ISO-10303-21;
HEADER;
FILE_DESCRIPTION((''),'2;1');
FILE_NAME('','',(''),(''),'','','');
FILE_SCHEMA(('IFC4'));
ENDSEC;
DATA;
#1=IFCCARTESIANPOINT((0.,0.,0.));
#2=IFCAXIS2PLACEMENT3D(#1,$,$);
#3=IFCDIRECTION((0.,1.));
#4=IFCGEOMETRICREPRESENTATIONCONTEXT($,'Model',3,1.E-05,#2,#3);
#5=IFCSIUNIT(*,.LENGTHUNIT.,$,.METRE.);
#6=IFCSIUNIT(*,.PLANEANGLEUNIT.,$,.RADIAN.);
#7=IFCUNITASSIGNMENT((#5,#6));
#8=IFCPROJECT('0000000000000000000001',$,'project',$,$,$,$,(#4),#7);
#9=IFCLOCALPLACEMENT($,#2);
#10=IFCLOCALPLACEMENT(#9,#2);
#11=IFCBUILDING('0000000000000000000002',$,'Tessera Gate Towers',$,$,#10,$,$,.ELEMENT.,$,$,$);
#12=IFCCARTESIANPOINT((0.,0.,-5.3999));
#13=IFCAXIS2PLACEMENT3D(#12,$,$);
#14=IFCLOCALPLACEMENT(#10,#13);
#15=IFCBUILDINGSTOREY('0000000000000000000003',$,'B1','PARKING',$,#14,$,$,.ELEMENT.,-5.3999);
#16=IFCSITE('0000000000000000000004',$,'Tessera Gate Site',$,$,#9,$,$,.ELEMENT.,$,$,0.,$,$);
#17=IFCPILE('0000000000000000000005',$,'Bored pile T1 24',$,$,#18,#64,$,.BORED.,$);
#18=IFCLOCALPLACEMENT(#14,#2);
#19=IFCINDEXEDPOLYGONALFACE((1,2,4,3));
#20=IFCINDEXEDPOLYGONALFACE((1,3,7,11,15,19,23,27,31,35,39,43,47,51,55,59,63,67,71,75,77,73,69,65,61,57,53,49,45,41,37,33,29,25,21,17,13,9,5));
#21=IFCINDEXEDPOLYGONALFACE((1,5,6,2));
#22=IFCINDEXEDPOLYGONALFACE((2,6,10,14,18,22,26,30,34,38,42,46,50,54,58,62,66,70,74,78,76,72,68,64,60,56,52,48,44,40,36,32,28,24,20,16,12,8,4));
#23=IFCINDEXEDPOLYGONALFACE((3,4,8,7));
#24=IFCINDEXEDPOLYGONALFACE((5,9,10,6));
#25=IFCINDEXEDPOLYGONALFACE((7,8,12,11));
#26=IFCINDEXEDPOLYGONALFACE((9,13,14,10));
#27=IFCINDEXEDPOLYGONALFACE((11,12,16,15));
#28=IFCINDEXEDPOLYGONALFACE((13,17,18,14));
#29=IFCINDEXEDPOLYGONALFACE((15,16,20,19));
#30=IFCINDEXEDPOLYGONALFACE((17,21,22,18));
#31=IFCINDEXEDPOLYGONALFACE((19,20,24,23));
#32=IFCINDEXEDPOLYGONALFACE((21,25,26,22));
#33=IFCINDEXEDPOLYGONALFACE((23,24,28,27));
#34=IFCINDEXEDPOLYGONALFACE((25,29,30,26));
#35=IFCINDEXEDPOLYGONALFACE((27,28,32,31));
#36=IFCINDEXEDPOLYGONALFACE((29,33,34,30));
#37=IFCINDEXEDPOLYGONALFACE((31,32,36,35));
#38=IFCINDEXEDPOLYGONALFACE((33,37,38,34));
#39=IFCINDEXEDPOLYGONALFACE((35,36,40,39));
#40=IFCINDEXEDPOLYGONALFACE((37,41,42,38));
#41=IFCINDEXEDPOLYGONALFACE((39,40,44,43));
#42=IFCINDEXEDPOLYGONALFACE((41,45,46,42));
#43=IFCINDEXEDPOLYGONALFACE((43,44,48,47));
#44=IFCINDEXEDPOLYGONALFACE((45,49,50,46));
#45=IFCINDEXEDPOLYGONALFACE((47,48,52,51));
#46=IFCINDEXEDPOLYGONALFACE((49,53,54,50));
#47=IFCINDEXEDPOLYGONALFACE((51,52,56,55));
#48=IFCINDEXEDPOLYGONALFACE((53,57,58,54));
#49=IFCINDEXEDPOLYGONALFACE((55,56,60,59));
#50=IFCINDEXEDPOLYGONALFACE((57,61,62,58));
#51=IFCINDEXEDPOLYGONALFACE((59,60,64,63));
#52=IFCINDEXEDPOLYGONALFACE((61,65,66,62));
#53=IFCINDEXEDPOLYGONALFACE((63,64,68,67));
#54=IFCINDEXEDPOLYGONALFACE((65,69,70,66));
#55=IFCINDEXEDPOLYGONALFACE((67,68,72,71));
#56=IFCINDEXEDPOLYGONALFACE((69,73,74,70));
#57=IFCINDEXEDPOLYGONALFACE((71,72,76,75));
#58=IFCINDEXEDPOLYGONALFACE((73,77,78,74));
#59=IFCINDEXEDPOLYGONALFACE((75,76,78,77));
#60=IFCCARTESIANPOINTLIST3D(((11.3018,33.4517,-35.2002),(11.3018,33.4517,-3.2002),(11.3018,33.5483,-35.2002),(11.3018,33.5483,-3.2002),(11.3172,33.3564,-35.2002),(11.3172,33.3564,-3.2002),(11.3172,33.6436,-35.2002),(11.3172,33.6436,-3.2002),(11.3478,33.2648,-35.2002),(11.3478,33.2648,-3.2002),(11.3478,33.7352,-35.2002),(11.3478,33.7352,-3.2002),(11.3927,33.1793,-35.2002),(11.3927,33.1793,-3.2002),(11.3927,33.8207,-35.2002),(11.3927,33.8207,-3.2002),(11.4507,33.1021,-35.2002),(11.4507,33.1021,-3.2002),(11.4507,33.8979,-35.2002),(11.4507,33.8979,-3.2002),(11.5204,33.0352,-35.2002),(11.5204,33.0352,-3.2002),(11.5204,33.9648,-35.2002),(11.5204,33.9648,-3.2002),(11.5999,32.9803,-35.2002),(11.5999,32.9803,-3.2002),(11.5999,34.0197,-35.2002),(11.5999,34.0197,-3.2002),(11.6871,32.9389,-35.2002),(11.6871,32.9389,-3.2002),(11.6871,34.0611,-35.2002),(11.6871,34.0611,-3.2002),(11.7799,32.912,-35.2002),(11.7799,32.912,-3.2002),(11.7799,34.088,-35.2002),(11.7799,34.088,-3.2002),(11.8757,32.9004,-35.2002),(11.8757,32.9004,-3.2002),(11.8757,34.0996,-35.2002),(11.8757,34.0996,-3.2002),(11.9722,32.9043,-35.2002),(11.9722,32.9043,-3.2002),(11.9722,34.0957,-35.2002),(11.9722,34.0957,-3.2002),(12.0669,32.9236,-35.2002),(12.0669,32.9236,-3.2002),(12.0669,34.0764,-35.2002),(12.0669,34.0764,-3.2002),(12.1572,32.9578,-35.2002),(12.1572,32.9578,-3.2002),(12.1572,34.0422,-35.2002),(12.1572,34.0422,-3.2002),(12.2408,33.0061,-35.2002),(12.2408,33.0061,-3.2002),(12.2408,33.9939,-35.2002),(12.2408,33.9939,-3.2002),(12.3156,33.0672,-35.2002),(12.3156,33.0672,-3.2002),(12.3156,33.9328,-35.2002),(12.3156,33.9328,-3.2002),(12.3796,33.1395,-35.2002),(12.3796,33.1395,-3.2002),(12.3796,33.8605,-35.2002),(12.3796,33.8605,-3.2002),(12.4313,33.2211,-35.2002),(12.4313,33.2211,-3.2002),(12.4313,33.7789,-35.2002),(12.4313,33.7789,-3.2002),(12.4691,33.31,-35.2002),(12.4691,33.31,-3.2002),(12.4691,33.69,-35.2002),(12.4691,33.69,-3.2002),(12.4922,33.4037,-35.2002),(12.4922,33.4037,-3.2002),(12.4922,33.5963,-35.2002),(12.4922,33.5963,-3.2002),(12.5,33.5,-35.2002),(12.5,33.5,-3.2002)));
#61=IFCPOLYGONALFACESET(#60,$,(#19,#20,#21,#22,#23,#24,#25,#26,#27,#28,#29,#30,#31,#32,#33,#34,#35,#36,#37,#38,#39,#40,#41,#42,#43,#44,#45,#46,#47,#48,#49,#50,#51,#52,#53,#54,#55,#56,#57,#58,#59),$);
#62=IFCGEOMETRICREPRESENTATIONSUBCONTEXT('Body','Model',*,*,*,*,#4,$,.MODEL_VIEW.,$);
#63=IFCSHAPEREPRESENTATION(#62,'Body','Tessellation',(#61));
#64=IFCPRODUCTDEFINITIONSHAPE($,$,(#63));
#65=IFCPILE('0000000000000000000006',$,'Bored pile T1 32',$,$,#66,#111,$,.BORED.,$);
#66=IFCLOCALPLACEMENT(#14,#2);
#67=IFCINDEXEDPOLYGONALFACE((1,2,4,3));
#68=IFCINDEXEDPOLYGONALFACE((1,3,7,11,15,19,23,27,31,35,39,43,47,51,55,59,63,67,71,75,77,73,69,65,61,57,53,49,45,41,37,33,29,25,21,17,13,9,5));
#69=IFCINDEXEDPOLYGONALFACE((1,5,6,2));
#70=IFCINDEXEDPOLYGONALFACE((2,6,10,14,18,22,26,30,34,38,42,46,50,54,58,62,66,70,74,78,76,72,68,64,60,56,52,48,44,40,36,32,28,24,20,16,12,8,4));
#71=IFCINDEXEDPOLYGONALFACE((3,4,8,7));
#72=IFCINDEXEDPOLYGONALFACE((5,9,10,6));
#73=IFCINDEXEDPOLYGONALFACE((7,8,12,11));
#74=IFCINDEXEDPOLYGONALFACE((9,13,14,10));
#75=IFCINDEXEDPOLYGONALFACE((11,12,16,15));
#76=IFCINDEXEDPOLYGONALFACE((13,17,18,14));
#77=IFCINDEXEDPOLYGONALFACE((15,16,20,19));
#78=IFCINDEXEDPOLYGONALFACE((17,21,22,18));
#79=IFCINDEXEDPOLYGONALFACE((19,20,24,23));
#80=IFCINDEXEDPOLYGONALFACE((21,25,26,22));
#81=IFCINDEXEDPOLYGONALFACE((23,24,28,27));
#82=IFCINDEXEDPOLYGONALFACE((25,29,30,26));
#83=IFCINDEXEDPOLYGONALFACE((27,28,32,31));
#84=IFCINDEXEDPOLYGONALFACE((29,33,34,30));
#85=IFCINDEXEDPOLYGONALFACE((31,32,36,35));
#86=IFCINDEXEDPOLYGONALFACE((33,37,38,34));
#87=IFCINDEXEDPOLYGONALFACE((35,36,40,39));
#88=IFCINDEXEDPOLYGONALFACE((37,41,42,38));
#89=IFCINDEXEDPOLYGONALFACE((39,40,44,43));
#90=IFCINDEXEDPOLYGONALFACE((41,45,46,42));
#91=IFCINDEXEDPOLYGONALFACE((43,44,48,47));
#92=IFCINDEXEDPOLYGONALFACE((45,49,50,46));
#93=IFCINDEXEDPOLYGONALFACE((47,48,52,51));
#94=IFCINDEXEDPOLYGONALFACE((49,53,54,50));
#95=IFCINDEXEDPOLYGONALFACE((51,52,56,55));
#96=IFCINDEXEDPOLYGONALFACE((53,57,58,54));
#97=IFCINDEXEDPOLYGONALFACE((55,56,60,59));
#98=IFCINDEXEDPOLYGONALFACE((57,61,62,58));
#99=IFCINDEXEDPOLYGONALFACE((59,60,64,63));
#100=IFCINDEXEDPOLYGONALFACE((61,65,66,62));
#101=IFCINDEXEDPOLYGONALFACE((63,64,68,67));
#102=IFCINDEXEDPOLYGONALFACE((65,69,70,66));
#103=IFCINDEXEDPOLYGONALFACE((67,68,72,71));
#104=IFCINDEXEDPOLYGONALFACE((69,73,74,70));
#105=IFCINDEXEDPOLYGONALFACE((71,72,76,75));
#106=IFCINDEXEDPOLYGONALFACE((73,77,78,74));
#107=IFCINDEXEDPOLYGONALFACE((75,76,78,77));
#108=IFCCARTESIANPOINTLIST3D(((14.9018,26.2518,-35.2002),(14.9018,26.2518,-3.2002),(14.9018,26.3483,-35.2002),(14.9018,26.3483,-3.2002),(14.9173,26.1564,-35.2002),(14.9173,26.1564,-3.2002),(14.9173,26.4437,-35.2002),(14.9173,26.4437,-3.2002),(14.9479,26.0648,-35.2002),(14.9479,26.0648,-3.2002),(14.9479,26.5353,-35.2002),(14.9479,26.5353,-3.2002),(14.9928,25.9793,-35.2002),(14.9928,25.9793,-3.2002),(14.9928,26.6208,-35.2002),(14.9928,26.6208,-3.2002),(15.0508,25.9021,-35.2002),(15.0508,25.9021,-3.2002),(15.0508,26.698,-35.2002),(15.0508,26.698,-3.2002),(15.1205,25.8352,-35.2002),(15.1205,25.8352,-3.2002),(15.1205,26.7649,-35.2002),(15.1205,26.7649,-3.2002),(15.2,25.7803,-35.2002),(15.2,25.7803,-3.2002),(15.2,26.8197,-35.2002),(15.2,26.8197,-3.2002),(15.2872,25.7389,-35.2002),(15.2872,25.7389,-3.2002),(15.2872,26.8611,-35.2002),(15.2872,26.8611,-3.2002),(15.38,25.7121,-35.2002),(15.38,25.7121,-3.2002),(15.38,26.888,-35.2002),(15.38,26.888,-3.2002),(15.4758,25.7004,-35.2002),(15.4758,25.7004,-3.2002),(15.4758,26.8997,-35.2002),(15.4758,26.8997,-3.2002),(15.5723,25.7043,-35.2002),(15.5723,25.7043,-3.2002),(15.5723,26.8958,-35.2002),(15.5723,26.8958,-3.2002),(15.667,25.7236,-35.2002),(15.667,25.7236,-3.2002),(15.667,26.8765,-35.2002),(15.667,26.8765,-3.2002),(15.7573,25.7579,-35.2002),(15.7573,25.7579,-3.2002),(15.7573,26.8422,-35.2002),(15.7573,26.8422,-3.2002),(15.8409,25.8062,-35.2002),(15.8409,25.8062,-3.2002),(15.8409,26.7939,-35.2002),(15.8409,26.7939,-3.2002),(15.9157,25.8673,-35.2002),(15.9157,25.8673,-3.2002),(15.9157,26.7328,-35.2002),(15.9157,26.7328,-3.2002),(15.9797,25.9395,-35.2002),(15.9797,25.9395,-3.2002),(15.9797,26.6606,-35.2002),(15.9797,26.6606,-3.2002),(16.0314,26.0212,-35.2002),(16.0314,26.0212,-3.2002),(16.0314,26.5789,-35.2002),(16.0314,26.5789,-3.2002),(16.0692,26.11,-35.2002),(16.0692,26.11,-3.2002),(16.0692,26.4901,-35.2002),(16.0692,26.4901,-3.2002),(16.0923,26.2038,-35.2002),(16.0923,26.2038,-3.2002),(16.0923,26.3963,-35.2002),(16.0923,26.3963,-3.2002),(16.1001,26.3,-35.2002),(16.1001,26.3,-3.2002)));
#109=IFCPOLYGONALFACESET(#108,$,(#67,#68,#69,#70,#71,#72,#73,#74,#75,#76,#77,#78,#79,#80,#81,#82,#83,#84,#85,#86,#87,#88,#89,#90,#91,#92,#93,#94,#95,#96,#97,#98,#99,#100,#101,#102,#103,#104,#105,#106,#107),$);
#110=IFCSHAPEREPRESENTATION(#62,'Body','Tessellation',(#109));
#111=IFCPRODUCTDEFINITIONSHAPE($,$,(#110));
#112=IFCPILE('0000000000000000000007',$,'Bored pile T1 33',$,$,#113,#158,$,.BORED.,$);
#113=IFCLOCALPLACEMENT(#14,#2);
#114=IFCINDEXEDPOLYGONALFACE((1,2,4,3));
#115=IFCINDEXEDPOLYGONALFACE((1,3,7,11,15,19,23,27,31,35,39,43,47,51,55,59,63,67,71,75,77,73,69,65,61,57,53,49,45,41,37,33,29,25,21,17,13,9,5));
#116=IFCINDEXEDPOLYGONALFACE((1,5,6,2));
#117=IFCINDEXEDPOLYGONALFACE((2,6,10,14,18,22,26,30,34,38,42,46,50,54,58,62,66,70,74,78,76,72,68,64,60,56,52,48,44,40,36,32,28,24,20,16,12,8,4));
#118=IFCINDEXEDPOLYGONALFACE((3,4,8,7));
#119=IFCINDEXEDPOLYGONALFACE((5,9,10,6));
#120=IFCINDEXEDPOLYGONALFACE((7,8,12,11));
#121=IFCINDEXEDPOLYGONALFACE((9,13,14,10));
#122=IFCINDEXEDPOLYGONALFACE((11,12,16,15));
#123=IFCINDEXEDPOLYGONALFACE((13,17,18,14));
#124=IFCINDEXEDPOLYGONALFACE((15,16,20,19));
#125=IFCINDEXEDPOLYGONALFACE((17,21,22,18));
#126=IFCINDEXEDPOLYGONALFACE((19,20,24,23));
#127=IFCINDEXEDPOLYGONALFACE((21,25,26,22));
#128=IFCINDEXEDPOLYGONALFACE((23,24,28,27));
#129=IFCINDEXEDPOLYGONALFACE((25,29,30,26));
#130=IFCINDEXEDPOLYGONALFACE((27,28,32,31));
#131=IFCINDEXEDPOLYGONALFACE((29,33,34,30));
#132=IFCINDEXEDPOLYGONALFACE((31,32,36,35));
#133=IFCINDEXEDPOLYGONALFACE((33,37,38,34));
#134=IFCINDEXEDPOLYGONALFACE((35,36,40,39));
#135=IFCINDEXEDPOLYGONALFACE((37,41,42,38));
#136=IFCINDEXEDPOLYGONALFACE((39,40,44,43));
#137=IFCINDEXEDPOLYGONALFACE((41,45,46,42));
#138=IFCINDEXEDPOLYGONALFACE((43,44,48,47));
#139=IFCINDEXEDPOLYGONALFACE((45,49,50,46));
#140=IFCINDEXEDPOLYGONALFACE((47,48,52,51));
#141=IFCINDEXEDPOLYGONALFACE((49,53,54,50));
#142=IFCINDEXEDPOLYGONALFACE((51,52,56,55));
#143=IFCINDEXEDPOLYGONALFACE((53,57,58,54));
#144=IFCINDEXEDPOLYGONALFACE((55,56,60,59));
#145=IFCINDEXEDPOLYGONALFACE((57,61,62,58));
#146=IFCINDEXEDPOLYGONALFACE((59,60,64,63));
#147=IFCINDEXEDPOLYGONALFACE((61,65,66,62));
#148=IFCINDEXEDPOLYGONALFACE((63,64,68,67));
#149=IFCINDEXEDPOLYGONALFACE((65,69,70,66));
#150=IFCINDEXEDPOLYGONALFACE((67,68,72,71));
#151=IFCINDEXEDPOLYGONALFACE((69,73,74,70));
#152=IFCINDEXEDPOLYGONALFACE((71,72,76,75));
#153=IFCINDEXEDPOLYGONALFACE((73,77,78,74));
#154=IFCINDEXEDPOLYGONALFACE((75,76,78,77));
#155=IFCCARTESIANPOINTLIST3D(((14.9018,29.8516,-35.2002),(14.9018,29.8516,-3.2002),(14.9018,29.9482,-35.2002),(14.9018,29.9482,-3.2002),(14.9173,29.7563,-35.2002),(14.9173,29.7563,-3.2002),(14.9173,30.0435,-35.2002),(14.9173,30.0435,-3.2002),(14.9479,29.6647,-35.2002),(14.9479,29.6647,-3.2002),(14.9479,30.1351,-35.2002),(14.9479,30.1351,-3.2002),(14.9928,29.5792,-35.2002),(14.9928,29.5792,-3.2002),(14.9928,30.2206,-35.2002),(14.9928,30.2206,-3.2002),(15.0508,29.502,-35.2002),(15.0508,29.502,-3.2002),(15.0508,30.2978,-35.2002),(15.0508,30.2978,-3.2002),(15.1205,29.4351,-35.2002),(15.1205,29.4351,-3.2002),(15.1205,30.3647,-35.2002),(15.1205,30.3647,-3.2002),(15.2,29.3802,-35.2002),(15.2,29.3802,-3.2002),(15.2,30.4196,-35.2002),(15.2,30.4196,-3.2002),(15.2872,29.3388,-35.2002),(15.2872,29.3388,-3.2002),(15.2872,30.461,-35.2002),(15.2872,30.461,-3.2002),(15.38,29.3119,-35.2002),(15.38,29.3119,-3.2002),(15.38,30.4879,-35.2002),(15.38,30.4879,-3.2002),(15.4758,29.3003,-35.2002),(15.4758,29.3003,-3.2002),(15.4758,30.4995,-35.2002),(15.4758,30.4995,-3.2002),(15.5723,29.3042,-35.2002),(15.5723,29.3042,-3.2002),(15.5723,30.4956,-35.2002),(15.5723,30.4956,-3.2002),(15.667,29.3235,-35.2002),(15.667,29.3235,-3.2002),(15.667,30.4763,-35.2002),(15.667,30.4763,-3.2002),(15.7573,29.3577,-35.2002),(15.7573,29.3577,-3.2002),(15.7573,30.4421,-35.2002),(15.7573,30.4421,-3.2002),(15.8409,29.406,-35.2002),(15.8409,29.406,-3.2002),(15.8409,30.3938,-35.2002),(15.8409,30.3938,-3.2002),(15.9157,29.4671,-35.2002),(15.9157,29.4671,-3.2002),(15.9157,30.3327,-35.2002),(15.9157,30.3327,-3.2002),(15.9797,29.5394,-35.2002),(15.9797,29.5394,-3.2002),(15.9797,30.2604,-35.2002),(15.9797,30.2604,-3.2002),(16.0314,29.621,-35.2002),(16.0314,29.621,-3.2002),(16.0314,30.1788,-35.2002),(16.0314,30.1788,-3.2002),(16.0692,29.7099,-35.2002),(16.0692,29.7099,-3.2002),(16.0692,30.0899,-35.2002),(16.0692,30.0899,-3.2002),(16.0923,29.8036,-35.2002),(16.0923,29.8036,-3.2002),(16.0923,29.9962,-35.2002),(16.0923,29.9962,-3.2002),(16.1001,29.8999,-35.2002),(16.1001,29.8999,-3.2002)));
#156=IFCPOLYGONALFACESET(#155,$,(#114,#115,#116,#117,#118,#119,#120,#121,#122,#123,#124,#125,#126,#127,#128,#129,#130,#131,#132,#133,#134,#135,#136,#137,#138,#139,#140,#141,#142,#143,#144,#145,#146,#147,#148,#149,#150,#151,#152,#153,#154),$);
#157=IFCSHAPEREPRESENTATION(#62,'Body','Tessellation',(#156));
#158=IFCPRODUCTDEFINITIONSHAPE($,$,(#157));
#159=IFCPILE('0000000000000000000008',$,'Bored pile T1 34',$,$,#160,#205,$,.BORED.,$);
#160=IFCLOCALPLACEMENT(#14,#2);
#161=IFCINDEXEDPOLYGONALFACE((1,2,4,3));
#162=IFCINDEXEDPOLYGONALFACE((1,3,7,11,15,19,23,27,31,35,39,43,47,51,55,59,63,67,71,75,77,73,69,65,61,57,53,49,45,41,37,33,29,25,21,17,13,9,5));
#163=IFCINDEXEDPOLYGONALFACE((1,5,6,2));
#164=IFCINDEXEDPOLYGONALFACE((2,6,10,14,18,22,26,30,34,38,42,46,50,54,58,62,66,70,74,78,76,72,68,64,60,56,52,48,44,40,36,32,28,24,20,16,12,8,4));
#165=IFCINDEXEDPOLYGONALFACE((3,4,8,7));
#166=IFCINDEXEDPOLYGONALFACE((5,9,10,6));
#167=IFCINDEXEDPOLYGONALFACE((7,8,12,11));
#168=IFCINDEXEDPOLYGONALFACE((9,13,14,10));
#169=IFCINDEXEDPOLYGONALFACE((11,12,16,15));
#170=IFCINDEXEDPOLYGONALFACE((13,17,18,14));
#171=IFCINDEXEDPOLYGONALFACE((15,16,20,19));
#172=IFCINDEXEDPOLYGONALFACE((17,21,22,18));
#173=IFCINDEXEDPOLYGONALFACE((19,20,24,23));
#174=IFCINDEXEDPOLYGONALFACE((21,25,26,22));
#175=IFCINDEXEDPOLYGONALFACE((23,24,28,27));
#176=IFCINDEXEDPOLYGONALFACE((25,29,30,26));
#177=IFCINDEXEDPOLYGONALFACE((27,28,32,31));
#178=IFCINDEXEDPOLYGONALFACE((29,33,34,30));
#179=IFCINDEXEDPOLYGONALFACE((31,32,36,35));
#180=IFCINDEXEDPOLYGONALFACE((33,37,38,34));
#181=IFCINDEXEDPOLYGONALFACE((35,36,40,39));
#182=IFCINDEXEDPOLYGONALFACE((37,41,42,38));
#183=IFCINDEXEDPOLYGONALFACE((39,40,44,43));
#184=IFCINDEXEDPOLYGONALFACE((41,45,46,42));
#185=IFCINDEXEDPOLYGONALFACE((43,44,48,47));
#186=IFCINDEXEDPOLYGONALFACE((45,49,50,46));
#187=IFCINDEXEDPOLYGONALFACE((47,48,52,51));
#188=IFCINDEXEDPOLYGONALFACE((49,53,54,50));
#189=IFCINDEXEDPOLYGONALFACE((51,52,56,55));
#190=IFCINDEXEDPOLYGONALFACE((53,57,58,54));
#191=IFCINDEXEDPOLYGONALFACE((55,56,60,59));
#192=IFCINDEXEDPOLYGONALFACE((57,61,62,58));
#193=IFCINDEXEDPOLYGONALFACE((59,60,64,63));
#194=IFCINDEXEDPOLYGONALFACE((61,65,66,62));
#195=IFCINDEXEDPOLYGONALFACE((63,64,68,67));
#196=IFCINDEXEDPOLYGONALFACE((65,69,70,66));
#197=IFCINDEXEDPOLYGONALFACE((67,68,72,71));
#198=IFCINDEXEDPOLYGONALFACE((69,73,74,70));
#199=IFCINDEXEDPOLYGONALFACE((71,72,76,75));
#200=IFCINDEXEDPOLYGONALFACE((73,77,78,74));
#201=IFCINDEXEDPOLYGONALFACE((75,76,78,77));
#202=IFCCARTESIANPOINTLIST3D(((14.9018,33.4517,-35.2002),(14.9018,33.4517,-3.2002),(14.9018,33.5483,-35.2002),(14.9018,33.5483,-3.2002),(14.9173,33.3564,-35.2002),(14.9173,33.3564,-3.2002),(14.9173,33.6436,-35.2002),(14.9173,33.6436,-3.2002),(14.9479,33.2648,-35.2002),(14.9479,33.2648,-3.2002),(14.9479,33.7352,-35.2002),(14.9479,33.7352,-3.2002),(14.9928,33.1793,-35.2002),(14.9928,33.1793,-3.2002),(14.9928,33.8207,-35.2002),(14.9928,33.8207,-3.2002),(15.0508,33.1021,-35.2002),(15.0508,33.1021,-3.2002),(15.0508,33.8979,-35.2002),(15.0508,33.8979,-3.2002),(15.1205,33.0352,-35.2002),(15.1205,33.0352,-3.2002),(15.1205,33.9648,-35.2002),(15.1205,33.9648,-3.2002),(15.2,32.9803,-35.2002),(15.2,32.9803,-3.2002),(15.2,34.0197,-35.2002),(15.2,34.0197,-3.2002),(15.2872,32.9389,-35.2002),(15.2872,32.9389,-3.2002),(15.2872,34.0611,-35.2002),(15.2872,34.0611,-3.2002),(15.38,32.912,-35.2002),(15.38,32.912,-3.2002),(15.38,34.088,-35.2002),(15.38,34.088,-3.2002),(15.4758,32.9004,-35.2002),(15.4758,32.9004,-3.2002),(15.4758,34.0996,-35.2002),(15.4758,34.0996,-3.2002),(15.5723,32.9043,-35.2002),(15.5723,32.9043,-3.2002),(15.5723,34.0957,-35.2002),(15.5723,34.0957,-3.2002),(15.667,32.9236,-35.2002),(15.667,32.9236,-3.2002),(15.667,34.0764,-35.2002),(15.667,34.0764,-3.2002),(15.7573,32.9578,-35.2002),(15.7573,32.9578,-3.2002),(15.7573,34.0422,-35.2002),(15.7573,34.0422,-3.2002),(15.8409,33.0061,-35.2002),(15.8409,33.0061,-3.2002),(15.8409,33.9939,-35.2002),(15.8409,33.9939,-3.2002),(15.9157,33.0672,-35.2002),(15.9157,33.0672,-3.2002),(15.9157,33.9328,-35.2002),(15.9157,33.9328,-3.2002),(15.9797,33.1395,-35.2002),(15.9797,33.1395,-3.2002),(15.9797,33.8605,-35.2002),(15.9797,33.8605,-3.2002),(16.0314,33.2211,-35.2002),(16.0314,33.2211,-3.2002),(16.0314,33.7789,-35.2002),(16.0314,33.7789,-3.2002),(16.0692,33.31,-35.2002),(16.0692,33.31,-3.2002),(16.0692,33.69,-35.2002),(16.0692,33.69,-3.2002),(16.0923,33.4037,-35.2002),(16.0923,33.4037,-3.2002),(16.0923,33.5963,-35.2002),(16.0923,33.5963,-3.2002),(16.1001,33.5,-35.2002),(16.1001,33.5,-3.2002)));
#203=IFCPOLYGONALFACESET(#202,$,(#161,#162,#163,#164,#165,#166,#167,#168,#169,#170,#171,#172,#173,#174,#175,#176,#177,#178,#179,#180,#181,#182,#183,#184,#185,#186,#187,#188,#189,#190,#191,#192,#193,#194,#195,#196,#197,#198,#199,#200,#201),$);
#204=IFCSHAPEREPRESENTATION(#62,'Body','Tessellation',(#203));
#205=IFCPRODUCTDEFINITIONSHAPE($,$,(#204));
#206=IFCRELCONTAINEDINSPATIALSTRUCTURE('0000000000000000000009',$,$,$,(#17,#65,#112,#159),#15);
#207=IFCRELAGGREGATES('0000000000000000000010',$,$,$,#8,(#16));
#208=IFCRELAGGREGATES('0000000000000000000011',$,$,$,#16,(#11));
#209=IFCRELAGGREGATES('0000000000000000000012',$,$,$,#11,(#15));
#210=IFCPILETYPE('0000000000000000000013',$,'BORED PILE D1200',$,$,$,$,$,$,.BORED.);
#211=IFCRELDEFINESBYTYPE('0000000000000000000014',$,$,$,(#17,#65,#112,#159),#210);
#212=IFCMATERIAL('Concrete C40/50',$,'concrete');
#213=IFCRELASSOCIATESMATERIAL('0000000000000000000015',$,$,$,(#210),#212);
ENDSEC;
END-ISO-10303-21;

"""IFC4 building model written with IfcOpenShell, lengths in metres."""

from ifc_helpers import new_model, si_unit, direction, frame, origin, origin_2d, place, context, subcontext, project, spatial, circle, extrude, material, material_profile, profile_set, type_object, element, save


model = new_model("IFC4")

# Units and contexts
model_context = context("Model", 3, precision=1e-05, world=origin(), true_north=direction((0.0, 1.0)))
body_context = subcontext(model_context, "Body", "Model", "MODEL_VIEW")
ifc_project = project(units=[si_unit("LENGTHUNIT", "METRE"), si_unit("PLANEANGLEUNIT", "RADIAN")], contexts=[model_context])

# Site, building, storey
site_placement = place(None, origin())
site = spatial("IfcSite", under=ifc_project, at=site_placement, Name="Tessera Gate Site", CompositionType="ELEMENT", RefElevation=0.0)
building_placement = place(site_placement, origin())
building = spatial("IfcBuilding", under=site, at=building_placement, Name="Tessera Gate Towers", CompositionType="ELEMENT")
storey_placement = place(building_placement, frame((0.0, 0.0, -5.3999)))
storey = spatial("IfcBuildingStorey", under=building, at=storey_placement, Name="B1", Description="PARKING", CompositionType="ELEMENT", Elevation=-5.3999)

# Piles
ifc_material_1 = material(Name="Concrete C40/50", Category="concrete")
ifc_material_profile = material_profile(ifc_material_1, circle(Radius=0.6001, at=origin_2d()), Name="BORED PILE D1200")
ifc_profile_set = profile_set([ifc_material_profile], Name="Concrete C40/50")
pile_type = type_object("IfcPileType", Name="BORED PILE D1200", PredefinedType="BORED", material=ifc_profile_set)
for number, where, z_axis, x_axis, name in (
    (1, (11.8999, 33.5, -3.2002), (0.0, 0.0, -1.0), (1.0, 0.0, 0.0), "Bored pile T1 24"),
    (2, (15.5, 26.3, -3.2002), (0.0, 0.0, -1.0), (1.0, 0.0, 0.0), "Bored pile T1 32"),
    (3, (15.5, 29.8999, -3.2002), (0.0, 0.0, -1.0), (1.0, 0.0, 0.0), "Bored pile T1 33"),
    (4, (15.5, 33.5, -3.2002), (0.0, 0.0, -1.0), (1.0, 0.0, 0.0), "Bored pile T1 34"),
):
    element("IfcPile", number, at=place(storey_placement, frame(where, z_axis=z_axis, x_axis=x_axis)), inside=storey, type_object=pile_type, Name=name, PredefinedType="BORED", context=body_context, shape_type="SweptSolid", body=[
        extrude(circle(Radius=0.6001, at=origin_2d()), origin(), (0.0, 0.0, 1.0), 32.0),
    ])

save(model, "model.ifc")
